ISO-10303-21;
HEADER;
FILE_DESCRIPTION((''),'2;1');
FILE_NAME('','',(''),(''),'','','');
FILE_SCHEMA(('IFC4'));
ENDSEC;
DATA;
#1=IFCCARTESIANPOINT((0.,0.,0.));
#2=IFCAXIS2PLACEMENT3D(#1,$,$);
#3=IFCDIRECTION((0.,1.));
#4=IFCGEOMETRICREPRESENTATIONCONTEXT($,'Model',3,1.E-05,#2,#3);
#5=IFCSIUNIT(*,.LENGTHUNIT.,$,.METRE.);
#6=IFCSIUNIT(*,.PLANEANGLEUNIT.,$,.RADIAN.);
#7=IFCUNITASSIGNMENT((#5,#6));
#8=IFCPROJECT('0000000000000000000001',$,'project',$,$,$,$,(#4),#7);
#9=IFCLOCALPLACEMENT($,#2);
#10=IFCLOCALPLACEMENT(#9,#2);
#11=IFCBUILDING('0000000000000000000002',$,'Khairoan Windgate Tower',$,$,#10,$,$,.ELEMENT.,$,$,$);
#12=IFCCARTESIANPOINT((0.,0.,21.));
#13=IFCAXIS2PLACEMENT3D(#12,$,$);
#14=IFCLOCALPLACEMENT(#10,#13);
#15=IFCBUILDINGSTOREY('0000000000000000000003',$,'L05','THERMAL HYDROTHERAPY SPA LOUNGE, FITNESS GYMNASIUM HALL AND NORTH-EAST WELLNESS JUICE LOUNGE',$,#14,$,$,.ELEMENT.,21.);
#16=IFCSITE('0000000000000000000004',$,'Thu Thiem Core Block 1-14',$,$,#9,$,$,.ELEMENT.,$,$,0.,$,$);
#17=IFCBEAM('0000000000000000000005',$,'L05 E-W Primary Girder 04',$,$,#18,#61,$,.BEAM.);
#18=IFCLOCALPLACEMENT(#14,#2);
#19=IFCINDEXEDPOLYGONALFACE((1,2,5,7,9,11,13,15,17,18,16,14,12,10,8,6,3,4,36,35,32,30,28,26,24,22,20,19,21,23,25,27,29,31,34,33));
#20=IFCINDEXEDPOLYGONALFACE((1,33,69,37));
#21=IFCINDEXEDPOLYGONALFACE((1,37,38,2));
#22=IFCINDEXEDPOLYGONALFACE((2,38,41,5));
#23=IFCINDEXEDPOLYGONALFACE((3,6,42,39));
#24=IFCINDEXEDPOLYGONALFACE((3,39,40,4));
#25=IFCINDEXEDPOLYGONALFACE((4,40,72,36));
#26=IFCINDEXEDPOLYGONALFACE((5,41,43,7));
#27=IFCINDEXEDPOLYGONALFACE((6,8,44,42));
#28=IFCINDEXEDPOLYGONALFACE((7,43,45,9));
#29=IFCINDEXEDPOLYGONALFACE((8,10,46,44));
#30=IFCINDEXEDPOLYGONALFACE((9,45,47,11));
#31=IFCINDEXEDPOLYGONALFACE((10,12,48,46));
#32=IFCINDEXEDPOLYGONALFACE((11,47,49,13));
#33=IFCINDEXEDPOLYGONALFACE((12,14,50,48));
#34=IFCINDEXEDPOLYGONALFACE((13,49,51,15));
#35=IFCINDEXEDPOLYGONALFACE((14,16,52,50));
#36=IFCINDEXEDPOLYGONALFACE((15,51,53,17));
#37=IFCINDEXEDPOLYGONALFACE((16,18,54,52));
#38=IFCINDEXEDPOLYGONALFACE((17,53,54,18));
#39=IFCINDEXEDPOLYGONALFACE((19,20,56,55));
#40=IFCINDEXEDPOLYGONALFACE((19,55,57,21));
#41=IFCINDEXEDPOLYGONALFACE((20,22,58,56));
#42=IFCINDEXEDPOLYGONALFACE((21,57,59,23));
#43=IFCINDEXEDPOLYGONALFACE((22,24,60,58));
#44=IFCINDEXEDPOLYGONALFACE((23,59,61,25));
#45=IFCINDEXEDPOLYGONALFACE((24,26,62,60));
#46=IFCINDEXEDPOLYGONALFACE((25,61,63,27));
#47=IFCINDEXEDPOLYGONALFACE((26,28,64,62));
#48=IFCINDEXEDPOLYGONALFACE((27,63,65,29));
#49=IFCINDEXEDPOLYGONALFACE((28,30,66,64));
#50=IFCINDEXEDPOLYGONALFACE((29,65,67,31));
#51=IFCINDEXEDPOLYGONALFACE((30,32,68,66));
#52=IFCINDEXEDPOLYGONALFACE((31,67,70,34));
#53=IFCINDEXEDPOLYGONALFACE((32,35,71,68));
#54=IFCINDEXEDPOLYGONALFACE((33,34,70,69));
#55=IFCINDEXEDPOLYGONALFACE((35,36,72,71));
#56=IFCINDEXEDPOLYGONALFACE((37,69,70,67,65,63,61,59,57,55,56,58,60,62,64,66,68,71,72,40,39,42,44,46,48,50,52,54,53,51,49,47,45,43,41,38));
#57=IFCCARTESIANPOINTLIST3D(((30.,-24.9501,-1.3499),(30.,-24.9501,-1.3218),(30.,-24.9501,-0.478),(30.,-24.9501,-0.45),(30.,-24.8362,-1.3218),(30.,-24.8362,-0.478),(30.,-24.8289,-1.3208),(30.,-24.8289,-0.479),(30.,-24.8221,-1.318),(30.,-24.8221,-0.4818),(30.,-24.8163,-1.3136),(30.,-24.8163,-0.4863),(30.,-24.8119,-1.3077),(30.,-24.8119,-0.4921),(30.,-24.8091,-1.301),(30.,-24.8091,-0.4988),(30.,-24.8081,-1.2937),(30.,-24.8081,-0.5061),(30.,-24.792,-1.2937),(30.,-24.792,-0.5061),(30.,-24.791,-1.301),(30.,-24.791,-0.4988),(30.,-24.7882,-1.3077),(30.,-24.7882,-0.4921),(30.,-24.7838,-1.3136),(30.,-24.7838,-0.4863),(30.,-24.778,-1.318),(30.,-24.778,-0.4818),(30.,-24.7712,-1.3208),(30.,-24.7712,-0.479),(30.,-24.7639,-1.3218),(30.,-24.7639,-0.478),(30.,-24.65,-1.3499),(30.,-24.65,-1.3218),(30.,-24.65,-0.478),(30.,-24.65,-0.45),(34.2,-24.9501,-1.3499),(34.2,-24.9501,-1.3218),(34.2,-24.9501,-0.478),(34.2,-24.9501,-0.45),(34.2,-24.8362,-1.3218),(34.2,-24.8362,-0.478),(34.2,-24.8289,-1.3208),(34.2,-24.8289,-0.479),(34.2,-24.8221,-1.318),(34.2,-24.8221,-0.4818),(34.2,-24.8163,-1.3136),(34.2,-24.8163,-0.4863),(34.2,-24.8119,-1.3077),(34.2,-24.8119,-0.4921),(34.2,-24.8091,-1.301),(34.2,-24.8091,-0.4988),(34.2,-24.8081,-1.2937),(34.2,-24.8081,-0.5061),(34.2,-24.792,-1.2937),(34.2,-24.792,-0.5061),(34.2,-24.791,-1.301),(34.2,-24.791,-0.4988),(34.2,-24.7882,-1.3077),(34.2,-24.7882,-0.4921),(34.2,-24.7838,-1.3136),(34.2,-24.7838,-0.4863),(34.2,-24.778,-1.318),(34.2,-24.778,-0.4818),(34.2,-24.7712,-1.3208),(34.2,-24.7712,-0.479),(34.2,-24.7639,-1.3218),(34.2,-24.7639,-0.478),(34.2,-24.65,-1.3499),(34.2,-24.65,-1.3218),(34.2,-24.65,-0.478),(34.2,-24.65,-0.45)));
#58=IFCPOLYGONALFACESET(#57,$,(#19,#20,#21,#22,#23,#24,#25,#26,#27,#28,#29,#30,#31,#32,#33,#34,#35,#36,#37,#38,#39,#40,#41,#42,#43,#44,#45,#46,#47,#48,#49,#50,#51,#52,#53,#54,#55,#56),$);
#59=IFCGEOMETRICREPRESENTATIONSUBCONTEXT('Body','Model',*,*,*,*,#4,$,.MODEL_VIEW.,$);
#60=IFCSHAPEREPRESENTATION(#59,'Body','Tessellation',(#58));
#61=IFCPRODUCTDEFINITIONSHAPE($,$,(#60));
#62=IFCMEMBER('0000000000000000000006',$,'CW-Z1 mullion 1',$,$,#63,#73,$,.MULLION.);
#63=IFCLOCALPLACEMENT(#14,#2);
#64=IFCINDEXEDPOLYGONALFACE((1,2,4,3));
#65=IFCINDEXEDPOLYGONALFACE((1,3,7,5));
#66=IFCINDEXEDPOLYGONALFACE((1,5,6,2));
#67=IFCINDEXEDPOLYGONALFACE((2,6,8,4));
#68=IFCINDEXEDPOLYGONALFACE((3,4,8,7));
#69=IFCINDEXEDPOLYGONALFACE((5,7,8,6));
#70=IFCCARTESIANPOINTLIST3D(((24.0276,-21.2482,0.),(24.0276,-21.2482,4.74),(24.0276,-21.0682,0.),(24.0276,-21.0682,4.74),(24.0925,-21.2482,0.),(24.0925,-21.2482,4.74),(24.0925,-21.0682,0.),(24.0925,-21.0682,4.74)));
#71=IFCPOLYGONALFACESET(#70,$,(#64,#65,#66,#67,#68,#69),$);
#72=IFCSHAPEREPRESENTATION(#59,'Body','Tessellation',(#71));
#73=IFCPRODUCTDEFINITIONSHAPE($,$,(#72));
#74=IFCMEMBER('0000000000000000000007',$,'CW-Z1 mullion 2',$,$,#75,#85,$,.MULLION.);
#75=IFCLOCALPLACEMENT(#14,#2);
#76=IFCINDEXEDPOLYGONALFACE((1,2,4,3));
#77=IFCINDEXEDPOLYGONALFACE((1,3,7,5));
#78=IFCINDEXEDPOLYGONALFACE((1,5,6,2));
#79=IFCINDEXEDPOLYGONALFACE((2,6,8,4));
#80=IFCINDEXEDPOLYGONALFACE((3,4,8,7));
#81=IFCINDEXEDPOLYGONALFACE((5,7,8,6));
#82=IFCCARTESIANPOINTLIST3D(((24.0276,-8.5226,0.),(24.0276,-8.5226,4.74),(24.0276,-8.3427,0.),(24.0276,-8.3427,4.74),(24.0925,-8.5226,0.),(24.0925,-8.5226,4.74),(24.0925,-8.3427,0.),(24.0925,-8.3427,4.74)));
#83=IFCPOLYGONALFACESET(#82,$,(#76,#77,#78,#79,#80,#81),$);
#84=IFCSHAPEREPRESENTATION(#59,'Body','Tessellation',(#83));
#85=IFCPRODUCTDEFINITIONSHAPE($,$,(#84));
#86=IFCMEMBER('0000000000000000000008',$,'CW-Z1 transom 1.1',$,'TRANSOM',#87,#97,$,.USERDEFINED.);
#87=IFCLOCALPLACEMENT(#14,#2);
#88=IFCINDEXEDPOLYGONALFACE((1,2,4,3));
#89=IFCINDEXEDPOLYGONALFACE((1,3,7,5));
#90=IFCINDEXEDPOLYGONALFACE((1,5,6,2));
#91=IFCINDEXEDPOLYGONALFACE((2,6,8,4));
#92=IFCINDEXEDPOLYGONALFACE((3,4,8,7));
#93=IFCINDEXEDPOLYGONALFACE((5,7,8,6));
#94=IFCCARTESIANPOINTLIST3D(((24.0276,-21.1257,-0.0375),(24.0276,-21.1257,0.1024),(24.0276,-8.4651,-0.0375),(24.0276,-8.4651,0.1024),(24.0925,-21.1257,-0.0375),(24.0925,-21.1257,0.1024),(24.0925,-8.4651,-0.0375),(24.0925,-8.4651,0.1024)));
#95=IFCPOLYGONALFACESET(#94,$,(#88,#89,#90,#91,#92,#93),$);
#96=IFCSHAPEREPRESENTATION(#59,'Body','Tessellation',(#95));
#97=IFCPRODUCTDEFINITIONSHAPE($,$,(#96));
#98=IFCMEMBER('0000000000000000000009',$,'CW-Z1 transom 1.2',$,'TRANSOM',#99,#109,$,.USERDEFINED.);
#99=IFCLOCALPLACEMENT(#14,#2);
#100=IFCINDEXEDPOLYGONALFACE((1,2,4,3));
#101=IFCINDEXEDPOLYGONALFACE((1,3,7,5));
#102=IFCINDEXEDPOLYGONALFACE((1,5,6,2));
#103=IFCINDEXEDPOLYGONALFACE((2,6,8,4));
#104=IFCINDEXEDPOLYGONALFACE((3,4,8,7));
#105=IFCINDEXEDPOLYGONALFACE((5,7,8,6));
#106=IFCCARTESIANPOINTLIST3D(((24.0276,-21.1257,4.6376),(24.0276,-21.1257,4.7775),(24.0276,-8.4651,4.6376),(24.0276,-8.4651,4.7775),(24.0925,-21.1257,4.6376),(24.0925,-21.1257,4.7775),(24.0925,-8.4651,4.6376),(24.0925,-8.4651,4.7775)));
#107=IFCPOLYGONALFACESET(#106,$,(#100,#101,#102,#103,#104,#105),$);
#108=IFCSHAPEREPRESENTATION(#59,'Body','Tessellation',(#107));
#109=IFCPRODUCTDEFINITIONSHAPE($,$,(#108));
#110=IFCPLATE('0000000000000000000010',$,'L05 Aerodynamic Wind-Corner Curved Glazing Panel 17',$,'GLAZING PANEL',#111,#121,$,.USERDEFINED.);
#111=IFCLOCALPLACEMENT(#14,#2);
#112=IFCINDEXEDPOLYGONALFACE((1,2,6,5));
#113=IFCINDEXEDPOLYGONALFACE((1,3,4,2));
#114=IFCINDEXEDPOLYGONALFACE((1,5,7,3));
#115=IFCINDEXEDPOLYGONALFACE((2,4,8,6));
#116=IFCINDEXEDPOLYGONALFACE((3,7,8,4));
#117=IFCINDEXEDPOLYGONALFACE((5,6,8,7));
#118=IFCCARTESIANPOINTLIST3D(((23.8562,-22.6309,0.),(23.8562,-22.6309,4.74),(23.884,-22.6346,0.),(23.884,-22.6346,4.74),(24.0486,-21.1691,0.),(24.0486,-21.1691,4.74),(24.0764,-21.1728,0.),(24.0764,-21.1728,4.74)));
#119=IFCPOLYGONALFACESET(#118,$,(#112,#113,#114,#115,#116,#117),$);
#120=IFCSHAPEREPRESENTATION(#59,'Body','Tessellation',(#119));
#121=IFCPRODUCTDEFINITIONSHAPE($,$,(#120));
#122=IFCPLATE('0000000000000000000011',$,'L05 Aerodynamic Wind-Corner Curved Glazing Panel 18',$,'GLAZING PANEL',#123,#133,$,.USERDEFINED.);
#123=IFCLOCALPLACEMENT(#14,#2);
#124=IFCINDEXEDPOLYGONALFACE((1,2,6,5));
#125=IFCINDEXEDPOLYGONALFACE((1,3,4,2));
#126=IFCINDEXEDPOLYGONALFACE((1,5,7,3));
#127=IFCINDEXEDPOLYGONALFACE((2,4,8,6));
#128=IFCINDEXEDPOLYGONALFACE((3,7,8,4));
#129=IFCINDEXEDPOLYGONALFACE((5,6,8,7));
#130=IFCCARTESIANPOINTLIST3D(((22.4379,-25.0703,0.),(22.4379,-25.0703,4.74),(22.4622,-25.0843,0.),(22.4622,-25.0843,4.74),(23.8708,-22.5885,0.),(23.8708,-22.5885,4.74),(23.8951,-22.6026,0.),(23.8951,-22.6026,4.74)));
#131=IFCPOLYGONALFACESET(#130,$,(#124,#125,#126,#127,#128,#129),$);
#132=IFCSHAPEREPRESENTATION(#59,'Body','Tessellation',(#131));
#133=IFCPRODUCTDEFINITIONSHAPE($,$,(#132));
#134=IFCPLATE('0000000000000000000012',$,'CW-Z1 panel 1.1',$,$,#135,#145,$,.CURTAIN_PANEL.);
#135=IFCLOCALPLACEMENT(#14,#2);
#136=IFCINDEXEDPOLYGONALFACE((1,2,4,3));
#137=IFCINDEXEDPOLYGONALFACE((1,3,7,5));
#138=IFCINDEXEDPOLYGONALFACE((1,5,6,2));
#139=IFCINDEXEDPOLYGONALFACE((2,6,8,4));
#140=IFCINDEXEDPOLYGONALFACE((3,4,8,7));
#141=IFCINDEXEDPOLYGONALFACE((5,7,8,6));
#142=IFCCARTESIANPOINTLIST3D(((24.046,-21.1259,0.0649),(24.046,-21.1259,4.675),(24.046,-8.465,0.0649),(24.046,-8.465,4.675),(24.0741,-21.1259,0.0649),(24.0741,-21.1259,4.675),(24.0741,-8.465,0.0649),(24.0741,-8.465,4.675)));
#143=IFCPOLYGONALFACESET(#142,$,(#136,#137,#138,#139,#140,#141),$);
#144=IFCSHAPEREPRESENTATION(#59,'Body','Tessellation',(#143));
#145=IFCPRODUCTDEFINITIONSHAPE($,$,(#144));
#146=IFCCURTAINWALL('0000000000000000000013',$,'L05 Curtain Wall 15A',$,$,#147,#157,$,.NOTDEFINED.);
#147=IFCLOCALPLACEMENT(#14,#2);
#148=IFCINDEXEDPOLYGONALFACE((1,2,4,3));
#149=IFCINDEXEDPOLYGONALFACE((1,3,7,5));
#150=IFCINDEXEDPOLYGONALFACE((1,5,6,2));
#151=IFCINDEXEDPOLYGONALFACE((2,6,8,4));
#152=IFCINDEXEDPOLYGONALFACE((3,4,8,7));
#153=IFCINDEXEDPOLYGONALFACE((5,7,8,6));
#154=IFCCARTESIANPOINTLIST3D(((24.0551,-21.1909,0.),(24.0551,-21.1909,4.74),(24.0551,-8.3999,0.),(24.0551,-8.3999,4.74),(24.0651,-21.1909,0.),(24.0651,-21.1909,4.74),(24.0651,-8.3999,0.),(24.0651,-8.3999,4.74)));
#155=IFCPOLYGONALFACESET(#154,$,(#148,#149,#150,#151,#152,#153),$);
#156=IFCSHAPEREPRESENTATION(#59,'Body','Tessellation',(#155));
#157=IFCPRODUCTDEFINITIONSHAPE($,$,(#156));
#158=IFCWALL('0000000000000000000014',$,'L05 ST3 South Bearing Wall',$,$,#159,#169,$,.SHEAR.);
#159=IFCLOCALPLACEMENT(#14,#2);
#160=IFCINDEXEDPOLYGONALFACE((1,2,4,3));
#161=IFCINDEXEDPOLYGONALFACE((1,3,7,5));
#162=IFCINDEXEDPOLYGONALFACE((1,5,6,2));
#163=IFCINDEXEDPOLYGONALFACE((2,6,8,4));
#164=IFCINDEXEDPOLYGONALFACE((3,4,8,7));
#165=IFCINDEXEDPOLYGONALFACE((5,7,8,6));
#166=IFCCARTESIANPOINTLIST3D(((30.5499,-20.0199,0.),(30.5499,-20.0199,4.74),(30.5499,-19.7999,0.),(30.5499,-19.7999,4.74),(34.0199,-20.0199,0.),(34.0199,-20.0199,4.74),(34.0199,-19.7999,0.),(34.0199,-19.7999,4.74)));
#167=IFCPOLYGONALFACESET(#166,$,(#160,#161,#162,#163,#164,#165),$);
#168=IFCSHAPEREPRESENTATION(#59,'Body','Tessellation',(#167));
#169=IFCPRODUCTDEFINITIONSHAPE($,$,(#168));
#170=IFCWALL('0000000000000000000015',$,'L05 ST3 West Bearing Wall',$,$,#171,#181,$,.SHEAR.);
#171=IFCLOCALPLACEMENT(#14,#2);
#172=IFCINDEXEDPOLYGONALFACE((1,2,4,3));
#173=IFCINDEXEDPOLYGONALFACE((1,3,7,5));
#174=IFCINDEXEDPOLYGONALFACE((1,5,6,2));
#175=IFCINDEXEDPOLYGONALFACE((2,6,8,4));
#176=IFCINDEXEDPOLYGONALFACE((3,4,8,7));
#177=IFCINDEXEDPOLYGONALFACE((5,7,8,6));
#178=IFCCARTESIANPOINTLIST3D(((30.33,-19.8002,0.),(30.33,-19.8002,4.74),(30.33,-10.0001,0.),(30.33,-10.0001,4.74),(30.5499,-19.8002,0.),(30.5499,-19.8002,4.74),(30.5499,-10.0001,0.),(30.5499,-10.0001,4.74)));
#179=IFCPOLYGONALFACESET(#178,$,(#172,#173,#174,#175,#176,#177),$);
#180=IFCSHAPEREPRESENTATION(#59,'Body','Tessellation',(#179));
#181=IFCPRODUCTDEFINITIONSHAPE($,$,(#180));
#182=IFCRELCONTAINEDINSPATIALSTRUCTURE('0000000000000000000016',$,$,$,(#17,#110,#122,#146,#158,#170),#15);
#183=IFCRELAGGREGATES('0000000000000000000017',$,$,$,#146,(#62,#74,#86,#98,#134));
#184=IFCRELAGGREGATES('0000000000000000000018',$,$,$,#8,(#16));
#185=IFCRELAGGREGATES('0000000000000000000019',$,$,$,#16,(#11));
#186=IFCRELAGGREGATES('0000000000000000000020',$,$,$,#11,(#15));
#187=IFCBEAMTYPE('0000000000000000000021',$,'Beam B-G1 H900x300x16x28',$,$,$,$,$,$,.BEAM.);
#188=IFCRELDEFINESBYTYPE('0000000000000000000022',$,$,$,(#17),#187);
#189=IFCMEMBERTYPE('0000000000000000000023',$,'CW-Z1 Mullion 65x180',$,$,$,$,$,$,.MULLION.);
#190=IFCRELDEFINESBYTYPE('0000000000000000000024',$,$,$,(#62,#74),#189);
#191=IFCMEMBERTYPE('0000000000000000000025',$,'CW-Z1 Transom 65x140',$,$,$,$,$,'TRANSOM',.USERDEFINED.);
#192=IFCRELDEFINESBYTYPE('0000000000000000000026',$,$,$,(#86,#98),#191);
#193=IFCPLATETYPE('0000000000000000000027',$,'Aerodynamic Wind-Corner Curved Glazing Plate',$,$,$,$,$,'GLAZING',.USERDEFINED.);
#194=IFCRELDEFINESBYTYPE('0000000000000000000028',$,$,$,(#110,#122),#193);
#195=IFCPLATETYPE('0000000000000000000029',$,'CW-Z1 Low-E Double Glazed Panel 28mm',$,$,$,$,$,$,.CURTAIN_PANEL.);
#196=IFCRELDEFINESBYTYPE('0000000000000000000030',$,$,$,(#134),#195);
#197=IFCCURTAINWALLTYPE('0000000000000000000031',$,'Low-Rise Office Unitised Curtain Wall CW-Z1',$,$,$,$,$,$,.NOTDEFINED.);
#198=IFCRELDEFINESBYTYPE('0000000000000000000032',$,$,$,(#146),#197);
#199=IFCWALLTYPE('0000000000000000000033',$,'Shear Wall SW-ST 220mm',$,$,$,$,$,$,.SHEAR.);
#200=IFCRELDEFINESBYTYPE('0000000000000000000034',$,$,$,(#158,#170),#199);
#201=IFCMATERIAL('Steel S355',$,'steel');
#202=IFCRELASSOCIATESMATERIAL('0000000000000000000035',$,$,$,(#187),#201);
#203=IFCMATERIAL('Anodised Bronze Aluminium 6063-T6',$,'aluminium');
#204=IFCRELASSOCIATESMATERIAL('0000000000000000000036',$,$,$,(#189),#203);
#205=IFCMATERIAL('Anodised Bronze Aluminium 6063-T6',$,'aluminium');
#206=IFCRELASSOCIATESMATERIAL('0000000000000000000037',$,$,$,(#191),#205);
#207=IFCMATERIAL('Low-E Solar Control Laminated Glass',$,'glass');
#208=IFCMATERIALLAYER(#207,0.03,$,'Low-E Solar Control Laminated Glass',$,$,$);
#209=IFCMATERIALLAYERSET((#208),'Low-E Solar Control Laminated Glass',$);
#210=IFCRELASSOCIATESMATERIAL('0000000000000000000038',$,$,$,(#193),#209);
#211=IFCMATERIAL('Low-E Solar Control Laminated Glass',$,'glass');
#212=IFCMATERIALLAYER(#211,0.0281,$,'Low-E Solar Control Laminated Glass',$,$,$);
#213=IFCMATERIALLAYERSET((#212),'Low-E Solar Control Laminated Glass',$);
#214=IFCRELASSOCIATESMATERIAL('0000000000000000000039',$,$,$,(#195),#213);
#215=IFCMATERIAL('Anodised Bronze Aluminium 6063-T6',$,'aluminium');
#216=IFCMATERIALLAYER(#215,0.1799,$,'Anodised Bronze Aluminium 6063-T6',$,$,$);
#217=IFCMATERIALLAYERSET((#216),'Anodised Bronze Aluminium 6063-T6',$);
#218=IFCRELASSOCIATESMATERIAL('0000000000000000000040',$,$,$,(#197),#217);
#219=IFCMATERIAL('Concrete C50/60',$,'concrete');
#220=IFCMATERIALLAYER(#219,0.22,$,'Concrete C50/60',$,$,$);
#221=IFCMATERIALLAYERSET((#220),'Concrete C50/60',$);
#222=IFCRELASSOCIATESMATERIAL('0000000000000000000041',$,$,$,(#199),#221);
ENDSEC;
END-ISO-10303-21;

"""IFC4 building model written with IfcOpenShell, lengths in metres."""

from ifc_helpers import new_model, si_unit, direction, frame, frame_2d, origin, origin_2d, place, context, subcontext, project, spatial, rectangle, i_section, extrude, material, layer, layer_set, material_profile, profile_set, type_object, element, aggregate, save


model = new_model("IFC4")

# Units and contexts
model_context = context("Model", 3, precision=1e-05, world=origin(), true_north=direction((0.0, 1.0)))
body_context = subcontext(model_context, "Body", "Model", "MODEL_VIEW")
ifc_project = project(units=[si_unit("LENGTHUNIT", "METRE"), si_unit("PLANEANGLEUNIT", "RADIAN")], contexts=[model_context])

# Site, building, storey
site_placement = place(None, origin())
site = spatial("IfcSite", under=ifc_project, at=site_placement, Name="Thu Thiem Core Block 1-14", CompositionType="ELEMENT", RefElevation=0.0)
building_placement = place(site_placement, origin())
building = spatial("IfcBuilding", under=site, at=building_placement, Name="Khairoan Windgate Tower", CompositionType="ELEMENT")
storey_placement = place(building_placement, frame((0.0, 0.0, 21.0)))
storey = spatial("IfcBuildingStorey", under=building, at=storey_placement, Name="L05", Description="THERMAL HYDROTHERAPY SPA LOUNGE, FITNESS GYMNASIUM HALL AND NORTH-EAST WELLNESS JUICE LOUNGE", CompositionType="ELEMENT", Elevation=21.0)

# Beam
ifc_material_1 = material(Name="Steel S355", Category="steel")
ifc_material_profile_1 = material_profile(ifc_material_1, i_section(OverallWidth=0.3, OverallDepth=0.8999, WebThickness=0.0161, FlangeThickness=0.0281, FilletRadius=0.0281, at=origin_2d()))
ifc_profile_set_1 = profile_set([ifc_material_profile_1], Name="Steel S355")
beam_type = type_object("IfcBeamType", Name="Beam B-G1 H900x300x16x28", PredefinedType="BEAM", material=ifc_profile_set_1)
beam_placement = place(storey_placement, frame((30.0, -24.8, -0.8999), z_axis=(1.0, 0.0, 0.0), x_axis=(0.0, 1.0, 0.0)))
element("IfcBeam", 1, at=beam_placement, inside=storey, type_object=beam_type, Name="L05 E-W Primary Girder 04", PredefinedType="BEAM", context=body_context, shape_type="SweptSolid", body=[
    extrude(i_section(OverallWidth=0.3, OverallDepth=0.8999, WebThickness=0.0161, FlangeThickness=0.0281, FilletRadius=0.0281, at=origin_2d()), origin(), (0.0, 0.0, 1.0), 4.2),
])

# Members
ifc_material_2 = material(Name="Anodised Bronze Aluminium 6063-T6", Category="aluminium")
ifc_material_profile_2 = material_profile(ifc_material_2, rectangle(XDim=0.0649, YDim=0.1799, at=origin_2d()))
ifc_profile_set_2 = profile_set([ifc_material_profile_2], Name="Anodised Bronze Aluminium 6063-T6")
member_type_1 = type_object("IfcMemberType", Name="CW-Z1 Mullion 65x180", PredefinedType="MULLION", material=ifc_profile_set_2)
member_1_placement = place(storey_placement, frame((24.0601, -21.1582, 0.0), z_axis=(0.0, 0.0, 1.0), x_axis=(-1.0, 0.0, 0.0)))
member_1 = element("IfcMember", 2, at=member_1_placement, type_object=member_type_1, Name="CW-Z1 mullion 1", PredefinedType="MULLION", context=body_context, shape_type="SweptSolid", body=[
    extrude(rectangle(XDim=0.0649, YDim=0.1799, at=origin_2d()), origin(), (0.0, 0.0, 1.0), 4.74),
])
member_2_placement = place(storey_placement, frame((24.0601, -8.4326, 0.0), z_axis=(0.0, 0.0, 1.0), x_axis=(-1.0, 0.0, 0.0)))
member_2 = element("IfcMember", 3, at=member_2_placement, type_object=member_type_1, Name="CW-Z1 mullion 2", PredefinedType="MULLION", context=body_context, shape_type="SweptSolid", body=[
    extrude(rectangle(XDim=0.0649, YDim=0.1799, at=origin_2d()), origin(), (0.0, 0.0, 1.0), 4.74),
])
ifc_material_3 = material(Name="Anodised Bronze Aluminium 6063-T6", Category="aluminium")
ifc_material_profile_3 = material_profile(ifc_material_3, rectangle(XDim=0.0649, YDim=0.1399, at=origin_2d()))
ifc_profile_set_3 = profile_set([ifc_material_profile_3], Name="Anodised Bronze Aluminium 6063-T6")
member_type_2 = type_object("IfcMemberType", Name="CW-Z1 Transom 65x140", ElementType="TRANSOM", PredefinedType="USERDEFINED", material=ifc_profile_set_3)
member_3_placement = place(storey_placement, frame((24.0601, -21.1257, 0.0325), z_axis=(0.0, 1.0, 0.0), x_axis=(-1.0, 0.0, 0.0)))
member_3 = element("IfcMember", 4, at=member_3_placement, type_object=member_type_2, Name="CW-Z1 transom 1.1", ObjectType="TRANSOM", PredefinedType="USERDEFINED", context=body_context, shape_type="SweptSolid", body=[
    extrude(rectangle(XDim=0.0649, YDim=0.1399, at=origin_2d()), origin(), (0.0, 0.0, 1.0), 12.6606),
])
member_4_placement = place(storey_placement, frame((24.0601, -21.1257, 4.7075), z_axis=(0.0, 1.0, 0.0), x_axis=(-1.0, 0.0, 0.0)))
member_4 = element("IfcMember", 5, at=member_4_placement, type_object=member_type_2, Name="CW-Z1 transom 1.2", ObjectType="TRANSOM", PredefinedType="USERDEFINED", context=body_context, shape_type="SweptSolid", body=[
    extrude(rectangle(XDim=0.0649, YDim=0.1399, at=origin_2d()), origin(), (0.0, 0.0, 1.0), 12.6606),
])

# Plates
ifc_material_4 = material(Name="Low-E Solar Control Laminated Glass", Category="glass")
ifc_layer_1 = layer(ifc_material_4, 0.03, Name="Low-E Solar Control Laminated Glass")
ifc_layer_set_1 = layer_set([ifc_layer_1], Name="Low-E Solar Control Laminated Glass")
plate_type_1 = type_object("IfcPlateType", Name="Aerodynamic Wind-Corner Curved Glazing Plate", ElementType="GLAZING", PredefinedType="USERDEFINED", material=ifc_layer_set_1)
plate_1_placement = place(storey_placement, frame((23.9663, -21.9019, 0.0), z_axis=(0.0, 0.0, 1.0), x_axis=(-0.130526, -0.991445, 0.0)))
element("IfcPlate", 6, at=plate_1_placement, inside=storey, type_object=plate_type_1, Name="L05 Aerodynamic Wind-Corner Curved Glazing Panel 17", ObjectType="GLAZING PANEL", PredefinedType="USERDEFINED", context=body_context, shape_type="SweptSolid", body=[
    extrude(rectangle(XDim=1.4744, YDim=0.0281, at=origin_2d()), origin(), (0.0, 0.0, 1.0), 4.74),
])
plate_2_placement = place(storey_placement, frame((23.1665, -23.8364, 0.0), z_axis=(0.0, 0.0, 1.0), x_axis=(-0.5, -0.866025, 0.0)))
element("IfcPlate", 7, at=plate_2_placement, inside=storey, type_object=plate_type_1, Name="L05 Aerodynamic Wind-Corner Curved Glazing Panel 18", ObjectType="GLAZING PANEL", PredefinedType="USERDEFINED", context=body_context, shape_type="SweptSolid", body=[
    extrude(rectangle(XDim=2.8657, YDim=0.0281, at=origin_2d()), origin(), (0.0, 0.0, 1.0), 4.74),
])

# Plate
ifc_material_5 = material(Name="Low-E Solar Control Laminated Glass", Category="glass")
ifc_layer_2 = layer(ifc_material_5, 0.0281, Name="Low-E Solar Control Laminated Glass")
ifc_layer_set_2 = layer_set([ifc_layer_2], Name="Low-E Solar Control Laminated Glass")
plate_type_2 = type_object("IfcPlateType", Name="CW-Z1 Low-E Double Glazed Panel 28mm", PredefinedType="CURTAIN_PANEL", material=ifc_layer_set_2)
plate_3_placement = place(storey_placement, frame((24.0601, -14.7954, 0.0649), z_axis=(0.0, 0.0, 1.0), x_axis=(0.0, 1.0, 0.0)))
plate_3 = element("IfcPlate", 8, at=plate_3_placement, type_object=plate_type_2, Name="CW-Z1 panel 1.1", PredefinedType="CURTAIN_PANEL", context=body_context, shape_type="SweptSolid", body=[
    extrude(rectangle(XDim=12.6609, YDim=0.0281, at=origin_2d()), origin(), (0.0, 0.0, 1.0), 4.6101),
])

# Curtain wall
ifc_material_6 = material(Name="Anodised Bronze Aluminium 6063-T6", Category="aluminium")
ifc_layer_3 = layer(ifc_material_6, 0.1799, Name="Anodised Bronze Aluminium 6063-T6")
ifc_layer_set_3 = layer_set([ifc_layer_3], Name="Anodised Bronze Aluminium 6063-T6")
curtain_wall_type = type_object("IfcCurtainWallType", Name="Low-Rise Office Unitised Curtain Wall CW-Z1", PredefinedType="NOTDEFINED", material=ifc_layer_set_3)
curtain_wall_placement = place(storey_placement, frame((24.0601, -21.1909, 0.0), z_axis=(0.0, 0.0, 1.0), x_axis=(0.0, 1.0, 0.0)))
curtain_wall = element("IfcCurtainWall", 9, at=curtain_wall_placement, inside=storey, type_object=curtain_wall_type, Name="L05 Curtain Wall 15A", PredefinedType="NOTDEFINED", context=body_context, shape_type="SweptSolid", body=[
    extrude(rectangle(XDim=12.791, YDim=0.01, at=frame_2d((6.3955, 0.0))), origin(), (0.0, 0.0, 1.0), 4.74),
])
aggregate(curtain_wall, [member_1, member_2, member_3, member_4, plate_3])

# Walls
ifc_material_7 = material(Name="Concrete C50/60", Category="concrete")
ifc_layer_4 = layer(ifc_material_7, 0.22, Name="Concrete C50/60")
ifc_layer_set_4 = layer_set([ifc_layer_4], Name="Concrete C50/60")
wall_type = type_object("IfcWallType", Name="Shear Wall SW-ST 220mm", PredefinedType="SHEAR", material=ifc_layer_set_4)
wall_placement = place(storey_placement, frame((30.55, -19.9099, 0.0), z_axis=(0.0, 0.0, 1.0), x_axis=(1.0, 0.0, 0.0)))
element("IfcWall", 10, at=wall_placement, inside=storey, type_object=wall_type, Name="L05 ST3 South Bearing Wall", PredefinedType="SHEAR", context=body_context, shape_type="SweptSolid", body=[
    extrude(rectangle(XDim=3.47, YDim=0.22, at=frame_2d((1.7349, 0.0))), origin(), (0.0, 0.0, 1.0), 4.74),
])
for number, where, z_axis, x_axis, name in (
    (11, (30.4399, -19.8, 0.0), (0.0, 0.0, 1.0), (0.0, 1.0, 0.0), "L05 ST3 West Bearing Wall"),
):
    element("IfcWall", number, at=place(storey_placement, frame(where, z_axis=z_axis, x_axis=x_axis)), inside=storey, type_object=wall_type, Name=name, PredefinedType="SHEAR", context=body_context, shape_type="SweptSolid", body=[
        extrude(rectangle(XDim=9.8, YDim=0.22, at=frame_2d((4.8999, 0.0))), origin(), (0.0, 0.0, 1.0), 4.74),
    ])

save(model, "model.ifc")
